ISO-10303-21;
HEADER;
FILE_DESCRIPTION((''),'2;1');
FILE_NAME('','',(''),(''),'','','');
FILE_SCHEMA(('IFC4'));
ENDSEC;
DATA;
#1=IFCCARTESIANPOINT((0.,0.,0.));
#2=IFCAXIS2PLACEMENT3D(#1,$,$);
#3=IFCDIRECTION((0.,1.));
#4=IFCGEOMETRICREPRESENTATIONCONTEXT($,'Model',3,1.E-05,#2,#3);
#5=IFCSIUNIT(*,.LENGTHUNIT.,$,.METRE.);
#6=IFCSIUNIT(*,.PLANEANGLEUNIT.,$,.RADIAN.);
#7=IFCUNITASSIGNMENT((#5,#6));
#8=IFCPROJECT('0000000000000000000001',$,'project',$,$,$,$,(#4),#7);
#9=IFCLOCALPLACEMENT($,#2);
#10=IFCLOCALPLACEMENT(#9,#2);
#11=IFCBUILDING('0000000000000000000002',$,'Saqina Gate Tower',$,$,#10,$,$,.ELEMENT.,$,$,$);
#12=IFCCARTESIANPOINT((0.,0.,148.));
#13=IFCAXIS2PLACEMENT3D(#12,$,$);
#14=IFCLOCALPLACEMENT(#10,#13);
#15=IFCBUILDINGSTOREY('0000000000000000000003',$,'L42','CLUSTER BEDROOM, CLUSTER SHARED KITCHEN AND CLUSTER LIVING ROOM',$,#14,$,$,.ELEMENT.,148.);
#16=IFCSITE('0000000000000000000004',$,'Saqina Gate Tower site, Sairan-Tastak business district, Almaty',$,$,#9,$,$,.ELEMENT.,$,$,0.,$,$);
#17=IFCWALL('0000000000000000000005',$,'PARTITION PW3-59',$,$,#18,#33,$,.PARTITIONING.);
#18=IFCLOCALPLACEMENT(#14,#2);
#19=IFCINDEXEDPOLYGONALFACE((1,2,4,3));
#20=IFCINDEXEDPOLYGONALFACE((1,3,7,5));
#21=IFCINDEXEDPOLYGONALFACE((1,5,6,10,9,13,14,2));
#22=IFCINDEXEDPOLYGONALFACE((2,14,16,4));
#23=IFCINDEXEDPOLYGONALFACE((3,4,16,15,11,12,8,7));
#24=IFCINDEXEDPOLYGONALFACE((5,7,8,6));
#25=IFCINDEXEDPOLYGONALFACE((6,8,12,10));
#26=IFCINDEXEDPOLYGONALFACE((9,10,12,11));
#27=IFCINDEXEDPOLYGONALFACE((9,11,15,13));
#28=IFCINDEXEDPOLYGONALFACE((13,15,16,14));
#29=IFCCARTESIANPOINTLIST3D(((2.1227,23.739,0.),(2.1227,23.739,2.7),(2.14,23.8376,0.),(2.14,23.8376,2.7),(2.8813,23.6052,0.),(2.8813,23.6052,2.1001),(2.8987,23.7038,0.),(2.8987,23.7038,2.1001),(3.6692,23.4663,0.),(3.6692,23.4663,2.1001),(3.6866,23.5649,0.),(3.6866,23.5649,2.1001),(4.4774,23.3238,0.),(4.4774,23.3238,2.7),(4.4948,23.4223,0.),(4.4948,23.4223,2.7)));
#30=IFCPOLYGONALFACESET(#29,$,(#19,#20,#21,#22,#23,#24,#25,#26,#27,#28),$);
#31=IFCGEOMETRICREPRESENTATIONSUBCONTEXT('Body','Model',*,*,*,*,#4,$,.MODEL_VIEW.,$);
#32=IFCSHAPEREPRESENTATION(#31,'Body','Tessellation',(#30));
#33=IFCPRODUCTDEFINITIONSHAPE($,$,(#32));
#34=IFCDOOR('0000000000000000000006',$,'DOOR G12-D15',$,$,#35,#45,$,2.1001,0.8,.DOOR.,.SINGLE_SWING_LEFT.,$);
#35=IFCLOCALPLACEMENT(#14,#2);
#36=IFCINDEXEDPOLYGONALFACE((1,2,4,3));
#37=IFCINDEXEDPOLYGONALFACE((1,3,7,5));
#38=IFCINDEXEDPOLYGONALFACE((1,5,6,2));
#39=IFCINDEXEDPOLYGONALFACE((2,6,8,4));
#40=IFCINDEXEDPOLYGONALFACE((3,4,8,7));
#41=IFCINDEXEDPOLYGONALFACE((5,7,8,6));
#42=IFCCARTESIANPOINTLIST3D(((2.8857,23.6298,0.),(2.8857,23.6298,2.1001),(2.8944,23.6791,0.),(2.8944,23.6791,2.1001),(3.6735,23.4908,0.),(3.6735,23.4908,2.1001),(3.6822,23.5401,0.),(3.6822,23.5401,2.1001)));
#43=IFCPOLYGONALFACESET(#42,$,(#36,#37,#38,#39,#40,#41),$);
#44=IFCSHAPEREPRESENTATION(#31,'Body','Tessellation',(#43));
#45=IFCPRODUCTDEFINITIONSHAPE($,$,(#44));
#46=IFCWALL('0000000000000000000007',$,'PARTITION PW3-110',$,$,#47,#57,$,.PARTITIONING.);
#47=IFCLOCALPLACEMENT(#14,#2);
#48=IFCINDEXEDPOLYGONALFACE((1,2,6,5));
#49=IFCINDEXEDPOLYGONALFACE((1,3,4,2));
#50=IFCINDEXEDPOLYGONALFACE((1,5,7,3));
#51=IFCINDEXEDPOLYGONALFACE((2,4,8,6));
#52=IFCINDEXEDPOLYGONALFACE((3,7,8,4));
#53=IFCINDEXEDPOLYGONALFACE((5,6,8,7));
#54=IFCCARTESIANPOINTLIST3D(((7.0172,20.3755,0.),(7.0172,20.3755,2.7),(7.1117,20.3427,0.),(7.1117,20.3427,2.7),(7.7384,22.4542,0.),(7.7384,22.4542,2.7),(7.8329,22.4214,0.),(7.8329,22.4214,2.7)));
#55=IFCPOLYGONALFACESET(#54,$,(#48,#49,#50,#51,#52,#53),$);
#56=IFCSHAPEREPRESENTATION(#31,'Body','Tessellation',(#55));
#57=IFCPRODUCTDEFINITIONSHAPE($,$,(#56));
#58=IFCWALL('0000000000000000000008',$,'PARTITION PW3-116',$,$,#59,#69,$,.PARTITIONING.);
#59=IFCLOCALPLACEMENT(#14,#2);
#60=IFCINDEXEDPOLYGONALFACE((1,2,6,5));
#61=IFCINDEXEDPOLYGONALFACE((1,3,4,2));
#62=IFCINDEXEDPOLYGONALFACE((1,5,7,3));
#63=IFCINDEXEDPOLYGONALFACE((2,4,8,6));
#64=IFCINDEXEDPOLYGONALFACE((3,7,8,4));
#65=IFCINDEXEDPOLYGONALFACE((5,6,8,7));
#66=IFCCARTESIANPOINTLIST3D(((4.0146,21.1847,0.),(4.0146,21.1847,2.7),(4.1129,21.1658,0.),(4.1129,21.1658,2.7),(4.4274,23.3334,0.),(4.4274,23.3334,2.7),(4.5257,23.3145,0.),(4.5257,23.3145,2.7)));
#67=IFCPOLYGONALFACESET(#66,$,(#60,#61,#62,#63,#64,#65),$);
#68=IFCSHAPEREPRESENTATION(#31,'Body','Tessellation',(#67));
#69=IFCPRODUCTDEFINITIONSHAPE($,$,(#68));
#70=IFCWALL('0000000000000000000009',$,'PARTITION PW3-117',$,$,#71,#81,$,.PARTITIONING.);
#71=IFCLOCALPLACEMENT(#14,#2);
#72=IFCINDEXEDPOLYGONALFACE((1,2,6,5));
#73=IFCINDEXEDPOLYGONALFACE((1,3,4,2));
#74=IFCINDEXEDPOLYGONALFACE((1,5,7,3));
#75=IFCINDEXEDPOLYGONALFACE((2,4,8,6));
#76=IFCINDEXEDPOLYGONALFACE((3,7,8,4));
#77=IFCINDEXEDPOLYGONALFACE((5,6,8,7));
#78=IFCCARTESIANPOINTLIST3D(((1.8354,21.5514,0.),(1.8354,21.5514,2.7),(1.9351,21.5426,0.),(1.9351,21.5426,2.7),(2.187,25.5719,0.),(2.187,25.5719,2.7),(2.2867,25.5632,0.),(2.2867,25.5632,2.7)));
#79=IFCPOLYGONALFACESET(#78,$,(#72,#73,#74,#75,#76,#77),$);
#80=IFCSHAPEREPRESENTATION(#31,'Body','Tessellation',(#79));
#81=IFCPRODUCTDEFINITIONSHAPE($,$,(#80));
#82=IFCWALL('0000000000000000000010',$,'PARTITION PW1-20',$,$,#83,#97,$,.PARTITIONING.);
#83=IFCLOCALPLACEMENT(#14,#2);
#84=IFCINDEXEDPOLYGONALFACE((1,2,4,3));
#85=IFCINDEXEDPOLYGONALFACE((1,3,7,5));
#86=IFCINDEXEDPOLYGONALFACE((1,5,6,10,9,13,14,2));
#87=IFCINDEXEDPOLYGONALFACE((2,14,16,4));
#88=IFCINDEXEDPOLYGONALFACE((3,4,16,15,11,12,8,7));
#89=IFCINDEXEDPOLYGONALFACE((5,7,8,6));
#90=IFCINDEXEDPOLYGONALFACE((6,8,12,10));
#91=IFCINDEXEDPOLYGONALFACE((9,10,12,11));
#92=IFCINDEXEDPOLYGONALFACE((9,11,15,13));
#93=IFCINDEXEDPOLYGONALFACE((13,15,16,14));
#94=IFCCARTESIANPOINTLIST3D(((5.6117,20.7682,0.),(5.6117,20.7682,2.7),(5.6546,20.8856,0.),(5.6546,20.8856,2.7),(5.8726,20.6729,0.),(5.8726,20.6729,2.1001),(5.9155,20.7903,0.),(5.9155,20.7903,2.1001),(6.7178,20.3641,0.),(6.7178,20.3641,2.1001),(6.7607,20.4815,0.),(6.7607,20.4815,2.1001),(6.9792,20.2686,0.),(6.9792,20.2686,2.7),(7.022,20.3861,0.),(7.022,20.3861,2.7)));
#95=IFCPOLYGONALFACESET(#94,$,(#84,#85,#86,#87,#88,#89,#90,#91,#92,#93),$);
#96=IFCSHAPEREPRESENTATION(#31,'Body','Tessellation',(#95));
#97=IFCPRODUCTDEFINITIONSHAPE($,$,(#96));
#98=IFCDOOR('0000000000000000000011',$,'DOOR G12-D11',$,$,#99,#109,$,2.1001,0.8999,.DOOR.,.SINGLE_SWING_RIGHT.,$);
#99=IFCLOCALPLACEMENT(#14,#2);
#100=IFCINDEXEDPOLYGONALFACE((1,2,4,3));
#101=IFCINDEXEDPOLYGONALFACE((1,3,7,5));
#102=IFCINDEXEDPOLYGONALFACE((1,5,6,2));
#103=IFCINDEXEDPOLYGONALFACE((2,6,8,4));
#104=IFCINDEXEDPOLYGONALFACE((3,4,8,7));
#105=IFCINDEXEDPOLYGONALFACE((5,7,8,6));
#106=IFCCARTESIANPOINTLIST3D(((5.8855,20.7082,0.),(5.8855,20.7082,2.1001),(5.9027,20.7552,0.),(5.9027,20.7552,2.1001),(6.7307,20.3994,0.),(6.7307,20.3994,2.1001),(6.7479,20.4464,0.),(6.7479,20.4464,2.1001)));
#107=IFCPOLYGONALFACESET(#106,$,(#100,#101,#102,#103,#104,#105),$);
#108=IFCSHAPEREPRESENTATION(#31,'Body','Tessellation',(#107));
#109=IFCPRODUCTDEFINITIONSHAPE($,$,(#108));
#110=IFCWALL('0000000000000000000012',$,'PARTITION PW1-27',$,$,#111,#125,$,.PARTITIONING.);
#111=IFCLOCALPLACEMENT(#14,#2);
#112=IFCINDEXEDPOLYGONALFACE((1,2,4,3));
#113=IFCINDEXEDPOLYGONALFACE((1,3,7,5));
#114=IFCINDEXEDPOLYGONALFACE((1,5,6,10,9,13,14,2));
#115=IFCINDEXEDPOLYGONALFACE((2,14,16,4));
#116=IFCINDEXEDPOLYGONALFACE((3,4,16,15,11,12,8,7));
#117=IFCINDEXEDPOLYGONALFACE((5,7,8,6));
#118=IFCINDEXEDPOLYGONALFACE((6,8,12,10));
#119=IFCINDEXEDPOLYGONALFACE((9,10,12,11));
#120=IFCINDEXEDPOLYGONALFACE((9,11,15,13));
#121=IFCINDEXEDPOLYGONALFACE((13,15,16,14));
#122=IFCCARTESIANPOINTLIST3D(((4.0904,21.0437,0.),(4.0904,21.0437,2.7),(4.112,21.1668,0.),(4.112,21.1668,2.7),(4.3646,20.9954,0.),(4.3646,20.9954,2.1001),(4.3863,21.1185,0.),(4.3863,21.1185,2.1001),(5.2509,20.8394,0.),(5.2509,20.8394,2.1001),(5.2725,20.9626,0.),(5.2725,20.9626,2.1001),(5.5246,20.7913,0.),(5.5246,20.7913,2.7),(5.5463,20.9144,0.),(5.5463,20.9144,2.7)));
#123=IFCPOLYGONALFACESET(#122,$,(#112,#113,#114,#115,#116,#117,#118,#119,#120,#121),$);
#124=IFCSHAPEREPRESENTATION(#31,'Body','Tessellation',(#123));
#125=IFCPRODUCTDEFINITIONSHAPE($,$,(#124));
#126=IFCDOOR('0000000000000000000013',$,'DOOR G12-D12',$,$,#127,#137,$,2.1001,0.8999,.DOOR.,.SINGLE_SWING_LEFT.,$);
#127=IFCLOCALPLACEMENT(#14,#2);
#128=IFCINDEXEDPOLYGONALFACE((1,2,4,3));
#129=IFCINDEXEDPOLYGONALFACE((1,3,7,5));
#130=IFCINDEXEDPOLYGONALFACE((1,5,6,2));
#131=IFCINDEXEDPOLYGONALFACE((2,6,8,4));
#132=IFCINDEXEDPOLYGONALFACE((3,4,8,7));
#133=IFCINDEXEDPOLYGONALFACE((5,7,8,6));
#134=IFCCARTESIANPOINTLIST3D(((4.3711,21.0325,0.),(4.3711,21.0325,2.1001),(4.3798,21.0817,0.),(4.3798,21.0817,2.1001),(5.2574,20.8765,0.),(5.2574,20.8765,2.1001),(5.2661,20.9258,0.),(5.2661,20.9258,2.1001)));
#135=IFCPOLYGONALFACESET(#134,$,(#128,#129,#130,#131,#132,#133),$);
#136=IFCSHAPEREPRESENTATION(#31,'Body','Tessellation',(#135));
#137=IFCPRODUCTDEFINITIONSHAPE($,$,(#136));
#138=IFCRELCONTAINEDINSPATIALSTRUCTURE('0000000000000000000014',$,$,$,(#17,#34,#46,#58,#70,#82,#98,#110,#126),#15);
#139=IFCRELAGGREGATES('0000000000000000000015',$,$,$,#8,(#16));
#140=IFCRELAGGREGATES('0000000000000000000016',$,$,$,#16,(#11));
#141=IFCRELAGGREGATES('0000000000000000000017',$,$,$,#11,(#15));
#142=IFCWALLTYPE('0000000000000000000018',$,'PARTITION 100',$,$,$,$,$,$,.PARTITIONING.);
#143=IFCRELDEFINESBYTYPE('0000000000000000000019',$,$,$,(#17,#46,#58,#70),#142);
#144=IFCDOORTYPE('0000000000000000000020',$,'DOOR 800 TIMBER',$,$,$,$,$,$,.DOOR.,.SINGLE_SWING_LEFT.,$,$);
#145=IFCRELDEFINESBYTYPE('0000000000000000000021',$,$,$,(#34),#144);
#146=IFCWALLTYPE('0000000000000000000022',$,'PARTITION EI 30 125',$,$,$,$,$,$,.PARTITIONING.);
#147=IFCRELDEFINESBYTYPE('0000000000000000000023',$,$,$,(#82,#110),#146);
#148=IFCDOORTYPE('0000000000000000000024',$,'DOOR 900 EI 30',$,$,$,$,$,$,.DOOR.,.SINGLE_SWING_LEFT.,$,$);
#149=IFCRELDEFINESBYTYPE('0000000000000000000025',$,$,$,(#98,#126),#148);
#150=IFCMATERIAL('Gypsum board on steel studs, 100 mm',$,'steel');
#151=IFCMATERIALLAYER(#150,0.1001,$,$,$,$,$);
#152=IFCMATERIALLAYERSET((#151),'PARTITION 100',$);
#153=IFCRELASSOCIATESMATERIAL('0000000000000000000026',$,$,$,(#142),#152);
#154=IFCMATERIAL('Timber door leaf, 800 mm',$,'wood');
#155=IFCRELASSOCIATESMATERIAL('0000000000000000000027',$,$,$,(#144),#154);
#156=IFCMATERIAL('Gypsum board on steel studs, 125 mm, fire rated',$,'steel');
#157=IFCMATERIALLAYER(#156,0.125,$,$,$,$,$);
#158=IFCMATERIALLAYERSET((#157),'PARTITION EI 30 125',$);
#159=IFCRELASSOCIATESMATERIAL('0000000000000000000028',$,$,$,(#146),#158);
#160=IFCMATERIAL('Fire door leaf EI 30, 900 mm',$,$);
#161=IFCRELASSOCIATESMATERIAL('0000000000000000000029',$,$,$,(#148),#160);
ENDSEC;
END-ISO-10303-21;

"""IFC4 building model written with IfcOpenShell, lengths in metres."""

from ifc_helpers import new_model, si_unit, direction, frame, frame_2d, origin, place, context, subcontext, project, spatial, rectangle, extrude, material, layer, layer_set, type_object, element, fill, save


model = new_model("IFC4")

# Units and contexts
model_context = context("Model", 3, precision=1e-05, world=origin(), true_north=direction((0.0, 1.0)))
body_context = subcontext(model_context, "Body", "Model", "MODEL_VIEW")
ifc_project = project(units=[si_unit("LENGTHUNIT", "METRE"), si_unit("PLANEANGLEUNIT", "RADIAN")], contexts=[model_context])

# Site, building, storey
site_placement = place(None, origin())
site = spatial("IfcSite", under=ifc_project, at=site_placement, Name="Saqina Gate Tower site, Sairan-Tastak business district, Almaty", CompositionType="ELEMENT", RefElevation=0.0)
building_placement = place(site_placement, origin())
building = spatial("IfcBuilding", under=site, at=building_placement, Name="Saqina Gate Tower", CompositionType="ELEMENT")
storey_placement = place(building_placement, frame((0.0, 0.0, 148.0)))
storey = spatial("IfcBuildingStorey", under=building, at=storey_placement, Name="L42", Description="CLUSTER BEDROOM, CLUSTER SHARED KITCHEN AND CLUSTER LIVING ROOM", CompositionType="ELEMENT", Elevation=148.0)

# Shared definitions
ifc_material_1 = material(Name="Gypsum board on steel studs, 100 mm", Category="steel")
ifc_layer_1 = layer(ifc_material_1, 0.1001)
ifc_layer_set_1 = layer_set([ifc_layer_1], Name="PARTITION 100")
wall_type_1 = type_object("IfcWallType", Name="PARTITION 100", PredefinedType="PARTITIONING", material=ifc_layer_set_1)

# Shared definitions
ifc_material_2 = material(Name="Timber door leaf, 800 mm", Category="wood")
door_type_1 = type_object("IfcDoorType", Name="DOOR 800 TIMBER", OperationType="SINGLE_SWING_LEFT", PredefinedType="DOOR", material=ifc_material_2)

# Wall, opening, door
wall_1_placement = place(storey_placement, frame((2.1313, 23.7883, 0.0), z_axis=(0.0, 0.0, 1.0), x_axis=(0.984802, -0.17368, 0.0)))
wall_1 = element("IfcWall", 1, at=wall_1_placement, inside=storey, type_object=wall_type_1, Name="PARTITION PW3-59", PredefinedType="PARTITIONING", context=body_context, shape_type="SweptSolid", body=[
    extrude(rectangle(XDim=2.3911, YDim=0.1001, at=frame_2d((1.1956, 0.0))), origin(), (0.0, 0.0, 1.0), 2.7),
])
opening_1_placement = place(wall_1_placement, frame((0.7705, 0.0, 0.0)))
opening_1 = element("IfcOpeningElement", 2, at=opening_1_placement, cuts=wall_1, PredefinedType="OPENING", context=body_context, shape_type="SweptSolid", body=[
    extrude(rectangle(XDim=0.8, YDim=2.1001, at=frame_2d((0.3999, 1.05))), frame((0.0, 0.062, 0.0), z_axis=(0.0, -1.0, 0.0), x_axis=(1.0, 0.0, 0.0)), (0.0, 0.0, 1.0), 0.124),
])
door_1_placement = place(opening_1_placement, origin())
door_1 = element("IfcDoor", 3, at=door_1_placement, inside=storey, type_object=door_type_1, Name="DOOR G12-D15", OperationType="SINGLE_SWING_LEFT", OverallHeight=2.1001, OverallWidth=0.8, PredefinedType="DOOR", context=body_context, shape_type="SweptSolid", body=[
    extrude(rectangle(XDim=0.8, YDim=2.1001, at=frame_2d((0.3999, 1.05))), frame((0.0, 0.0249, 0.0), z_axis=(0.0, -1.0, 0.0), x_axis=(1.0, 0.0, 0.0)), (0.0, 0.0, 1.0), 0.05),
])
fill(opening_1, door_1)

# Walls
wall_2_placement = place(storey_placement, frame((7.0645, 20.3591, 0.0), z_axis=(0.0, 0.0, 1.0), x_axis=(0.327789, 0.944751, 0.0)))
element("IfcWall", 4, at=wall_2_placement, inside=storey, type_object=wall_type_1, Name="PARTITION PW3-110", PredefinedType="PARTITIONING", context=body_context, shape_type="SweptSolid", body=[
    extrude(rectangle(XDim=2.2002, YDim=0.1001, at=frame_2d((1.1001, 0.0))), origin(), (0.0, 0.0, 1.0), 2.7),
])
wall_3_placement = place(storey_placement, frame((4.0637, 21.1753, 0.0), z_axis=(0.0, 0.0, 1.0), x_axis=(0.188686, 0.982037, 0.0)))
element("IfcWall", 5, at=wall_3_placement, inside=storey, type_object=wall_type_1, Name="PARTITION PW3-116", PredefinedType="PARTITIONING", context=body_context, shape_type="SweptSolid", body=[
    extrude(rectangle(XDim=2.188, YDim=0.1001, at=frame_2d((1.094, 0.0))), origin(), (0.0, 0.0, 1.0), 2.7),
])
wall_4_placement = place(storey_placement, frame((1.8853, 21.5469, 0.0), z_axis=(0.0, 0.0, 1.0), x_axis=(0.08711, 0.996199, 0.0)))
element("IfcWall", 6, at=wall_4_placement, inside=storey, type_object=wall_type_1, Name="PARTITION PW3-117", PredefinedType="PARTITIONING", context=body_context, shape_type="SweptSolid", body=[
    extrude(rectangle(XDim=4.0359, YDim=0.1001, at=frame_2d((2.0181, 0.0))), origin(), (0.0, 0.0, 1.0), 2.7),
])

# Walls, openings, doors
ifc_material_3 = material(Name="Gypsum board on steel studs, 125 mm, fire rated", Category="steel")
ifc_layer_2 = layer(ifc_material_3, 0.125)
ifc_layer_set_2 = layer_set([ifc_layer_2], Name="PARTITION EI 30 125")
wall_type_2 = type_object("IfcWallType", Name="PARTITION EI 30 125", PredefinedType="PARTITIONING", material=ifc_layer_set_2)
wall_5_placement = place(storey_placement, frame((5.6331, 20.8269, 0.0), z_axis=(0.0, 0.0, 1.0), x_axis=(0.939293, -0.343116, 0.0)))
wall_5 = element("IfcWall", 7, at=wall_5_placement, inside=storey, type_object=wall_type_2, Name="PARTITION PW1-20", PredefinedType="PARTITIONING", context=body_context, shape_type="SweptSolid", body=[
    extrude(rectangle(XDim=1.4558, YDim=0.125, at=frame_2d((0.728, 0.0))), origin(), (0.0, 0.0, 1.0), 2.7),
])
opening_2_placement = place(wall_5_placement, frame((0.2778, 0.0, 0.0)))
opening_2 = element("IfcOpeningElement", 8, at=opening_2_placement, cuts=wall_5, PredefinedType="OPENING", context=body_context, shape_type="SweptSolid", body=[
    extrude(rectangle(XDim=0.8999, YDim=2.1001, at=frame_2d((0.45, 1.05))), frame((0.0, 0.0745, 0.0), z_axis=(0.0, -1.0, 0.0), x_axis=(1.0, 0.0, 0.0)), (0.0, 0.0, 1.0), 0.1489),
])
ifc_material_4 = material(Name="Fire door leaf EI 30, 900 mm")
door_type_2 = type_object("IfcDoorType", Name="DOOR 900 EI 30", OperationType="SINGLE_SWING_LEFT", PredefinedType="DOOR", material=ifc_material_4)
door_2_placement = place(opening_2_placement, frame((0.8999, 0.0, 0.0), z_axis=(0.0, 0.0, 1.0), x_axis=(-1.0, 0.0, 0.0)))
door_2 = element("IfcDoor", 9, at=door_2_placement, inside=storey, type_object=door_type_2, Name="DOOR G12-D11", OperationType="SINGLE_SWING_RIGHT", OverallHeight=2.1001, OverallWidth=0.8999, PredefinedType="DOOR", context=body_context, shape_type="SweptSolid", body=[
    extrude(rectangle(XDim=0.8999, YDim=2.1001, at=frame_2d((0.45, 1.05))), frame((0.0, 0.0249, 0.0), z_axis=(0.0, -1.0, 0.0), x_axis=(1.0, 0.0, 0.0)), (0.0, 0.0, 1.0), 0.05),
])
fill(opening_2, door_2)
wall_6_placement = place(storey_placement, frame((4.1013, 21.1052, 0.0), z_axis=(0.0, 0.0, 1.0), x_axis=(0.984863, -0.173336, 0.0)))
wall_6 = element("IfcWall", 10, at=wall_6_placement, inside=storey, type_object=wall_type_2, Name="PARTITION PW1-27", PredefinedType="PARTITIONING", context=body_context, shape_type="SweptSolid", body=[
    extrude(rectangle(XDim=1.4563, YDim=0.125, at=frame_2d((0.728, 0.0))), origin(), (0.0, 0.0, 1.0), 2.7),
])
opening_3_placement = place(wall_6_placement, frame((0.2783, 0.0, 0.0)))
opening_3 = element("IfcOpeningElement", 11, at=opening_3_placement, cuts=wall_6, PredefinedType="OPENING", context=body_context, shape_type="SweptSolid", body=[
    extrude(rectangle(XDim=0.8999, YDim=2.1001, at=frame_2d((0.45, 1.05))), frame((0.0, 0.0745, 0.0), z_axis=(0.0, -1.0, 0.0), x_axis=(1.0, 0.0, 0.0)), (0.0, 0.0, 1.0), 0.1489),
])
door_3_placement = place(opening_3_placement, frame((0.8999, 0.0, 0.0), z_axis=(0.0, 0.0, 1.0), x_axis=(-1.0, 0.0, 0.0)))
door_3 = element("IfcDoor", 12, at=door_3_placement, inside=storey, type_object=door_type_2, Name="DOOR G12-D12", OperationType="SINGLE_SWING_LEFT", OverallHeight=2.1001, OverallWidth=0.8999, PredefinedType="DOOR", context=body_context, shape_type="SweptSolid", body=[
    extrude(rectangle(XDim=0.8999, YDim=2.1001, at=frame_2d((0.45, 1.05))), frame((0.0, 0.0249, 0.0), z_axis=(0.0, -1.0, 0.0), x_axis=(1.0, 0.0, 0.0)), (0.0, 0.0, 1.0), 0.05),
])
fill(opening_3, door_3)

save(model, "model.ifc")
